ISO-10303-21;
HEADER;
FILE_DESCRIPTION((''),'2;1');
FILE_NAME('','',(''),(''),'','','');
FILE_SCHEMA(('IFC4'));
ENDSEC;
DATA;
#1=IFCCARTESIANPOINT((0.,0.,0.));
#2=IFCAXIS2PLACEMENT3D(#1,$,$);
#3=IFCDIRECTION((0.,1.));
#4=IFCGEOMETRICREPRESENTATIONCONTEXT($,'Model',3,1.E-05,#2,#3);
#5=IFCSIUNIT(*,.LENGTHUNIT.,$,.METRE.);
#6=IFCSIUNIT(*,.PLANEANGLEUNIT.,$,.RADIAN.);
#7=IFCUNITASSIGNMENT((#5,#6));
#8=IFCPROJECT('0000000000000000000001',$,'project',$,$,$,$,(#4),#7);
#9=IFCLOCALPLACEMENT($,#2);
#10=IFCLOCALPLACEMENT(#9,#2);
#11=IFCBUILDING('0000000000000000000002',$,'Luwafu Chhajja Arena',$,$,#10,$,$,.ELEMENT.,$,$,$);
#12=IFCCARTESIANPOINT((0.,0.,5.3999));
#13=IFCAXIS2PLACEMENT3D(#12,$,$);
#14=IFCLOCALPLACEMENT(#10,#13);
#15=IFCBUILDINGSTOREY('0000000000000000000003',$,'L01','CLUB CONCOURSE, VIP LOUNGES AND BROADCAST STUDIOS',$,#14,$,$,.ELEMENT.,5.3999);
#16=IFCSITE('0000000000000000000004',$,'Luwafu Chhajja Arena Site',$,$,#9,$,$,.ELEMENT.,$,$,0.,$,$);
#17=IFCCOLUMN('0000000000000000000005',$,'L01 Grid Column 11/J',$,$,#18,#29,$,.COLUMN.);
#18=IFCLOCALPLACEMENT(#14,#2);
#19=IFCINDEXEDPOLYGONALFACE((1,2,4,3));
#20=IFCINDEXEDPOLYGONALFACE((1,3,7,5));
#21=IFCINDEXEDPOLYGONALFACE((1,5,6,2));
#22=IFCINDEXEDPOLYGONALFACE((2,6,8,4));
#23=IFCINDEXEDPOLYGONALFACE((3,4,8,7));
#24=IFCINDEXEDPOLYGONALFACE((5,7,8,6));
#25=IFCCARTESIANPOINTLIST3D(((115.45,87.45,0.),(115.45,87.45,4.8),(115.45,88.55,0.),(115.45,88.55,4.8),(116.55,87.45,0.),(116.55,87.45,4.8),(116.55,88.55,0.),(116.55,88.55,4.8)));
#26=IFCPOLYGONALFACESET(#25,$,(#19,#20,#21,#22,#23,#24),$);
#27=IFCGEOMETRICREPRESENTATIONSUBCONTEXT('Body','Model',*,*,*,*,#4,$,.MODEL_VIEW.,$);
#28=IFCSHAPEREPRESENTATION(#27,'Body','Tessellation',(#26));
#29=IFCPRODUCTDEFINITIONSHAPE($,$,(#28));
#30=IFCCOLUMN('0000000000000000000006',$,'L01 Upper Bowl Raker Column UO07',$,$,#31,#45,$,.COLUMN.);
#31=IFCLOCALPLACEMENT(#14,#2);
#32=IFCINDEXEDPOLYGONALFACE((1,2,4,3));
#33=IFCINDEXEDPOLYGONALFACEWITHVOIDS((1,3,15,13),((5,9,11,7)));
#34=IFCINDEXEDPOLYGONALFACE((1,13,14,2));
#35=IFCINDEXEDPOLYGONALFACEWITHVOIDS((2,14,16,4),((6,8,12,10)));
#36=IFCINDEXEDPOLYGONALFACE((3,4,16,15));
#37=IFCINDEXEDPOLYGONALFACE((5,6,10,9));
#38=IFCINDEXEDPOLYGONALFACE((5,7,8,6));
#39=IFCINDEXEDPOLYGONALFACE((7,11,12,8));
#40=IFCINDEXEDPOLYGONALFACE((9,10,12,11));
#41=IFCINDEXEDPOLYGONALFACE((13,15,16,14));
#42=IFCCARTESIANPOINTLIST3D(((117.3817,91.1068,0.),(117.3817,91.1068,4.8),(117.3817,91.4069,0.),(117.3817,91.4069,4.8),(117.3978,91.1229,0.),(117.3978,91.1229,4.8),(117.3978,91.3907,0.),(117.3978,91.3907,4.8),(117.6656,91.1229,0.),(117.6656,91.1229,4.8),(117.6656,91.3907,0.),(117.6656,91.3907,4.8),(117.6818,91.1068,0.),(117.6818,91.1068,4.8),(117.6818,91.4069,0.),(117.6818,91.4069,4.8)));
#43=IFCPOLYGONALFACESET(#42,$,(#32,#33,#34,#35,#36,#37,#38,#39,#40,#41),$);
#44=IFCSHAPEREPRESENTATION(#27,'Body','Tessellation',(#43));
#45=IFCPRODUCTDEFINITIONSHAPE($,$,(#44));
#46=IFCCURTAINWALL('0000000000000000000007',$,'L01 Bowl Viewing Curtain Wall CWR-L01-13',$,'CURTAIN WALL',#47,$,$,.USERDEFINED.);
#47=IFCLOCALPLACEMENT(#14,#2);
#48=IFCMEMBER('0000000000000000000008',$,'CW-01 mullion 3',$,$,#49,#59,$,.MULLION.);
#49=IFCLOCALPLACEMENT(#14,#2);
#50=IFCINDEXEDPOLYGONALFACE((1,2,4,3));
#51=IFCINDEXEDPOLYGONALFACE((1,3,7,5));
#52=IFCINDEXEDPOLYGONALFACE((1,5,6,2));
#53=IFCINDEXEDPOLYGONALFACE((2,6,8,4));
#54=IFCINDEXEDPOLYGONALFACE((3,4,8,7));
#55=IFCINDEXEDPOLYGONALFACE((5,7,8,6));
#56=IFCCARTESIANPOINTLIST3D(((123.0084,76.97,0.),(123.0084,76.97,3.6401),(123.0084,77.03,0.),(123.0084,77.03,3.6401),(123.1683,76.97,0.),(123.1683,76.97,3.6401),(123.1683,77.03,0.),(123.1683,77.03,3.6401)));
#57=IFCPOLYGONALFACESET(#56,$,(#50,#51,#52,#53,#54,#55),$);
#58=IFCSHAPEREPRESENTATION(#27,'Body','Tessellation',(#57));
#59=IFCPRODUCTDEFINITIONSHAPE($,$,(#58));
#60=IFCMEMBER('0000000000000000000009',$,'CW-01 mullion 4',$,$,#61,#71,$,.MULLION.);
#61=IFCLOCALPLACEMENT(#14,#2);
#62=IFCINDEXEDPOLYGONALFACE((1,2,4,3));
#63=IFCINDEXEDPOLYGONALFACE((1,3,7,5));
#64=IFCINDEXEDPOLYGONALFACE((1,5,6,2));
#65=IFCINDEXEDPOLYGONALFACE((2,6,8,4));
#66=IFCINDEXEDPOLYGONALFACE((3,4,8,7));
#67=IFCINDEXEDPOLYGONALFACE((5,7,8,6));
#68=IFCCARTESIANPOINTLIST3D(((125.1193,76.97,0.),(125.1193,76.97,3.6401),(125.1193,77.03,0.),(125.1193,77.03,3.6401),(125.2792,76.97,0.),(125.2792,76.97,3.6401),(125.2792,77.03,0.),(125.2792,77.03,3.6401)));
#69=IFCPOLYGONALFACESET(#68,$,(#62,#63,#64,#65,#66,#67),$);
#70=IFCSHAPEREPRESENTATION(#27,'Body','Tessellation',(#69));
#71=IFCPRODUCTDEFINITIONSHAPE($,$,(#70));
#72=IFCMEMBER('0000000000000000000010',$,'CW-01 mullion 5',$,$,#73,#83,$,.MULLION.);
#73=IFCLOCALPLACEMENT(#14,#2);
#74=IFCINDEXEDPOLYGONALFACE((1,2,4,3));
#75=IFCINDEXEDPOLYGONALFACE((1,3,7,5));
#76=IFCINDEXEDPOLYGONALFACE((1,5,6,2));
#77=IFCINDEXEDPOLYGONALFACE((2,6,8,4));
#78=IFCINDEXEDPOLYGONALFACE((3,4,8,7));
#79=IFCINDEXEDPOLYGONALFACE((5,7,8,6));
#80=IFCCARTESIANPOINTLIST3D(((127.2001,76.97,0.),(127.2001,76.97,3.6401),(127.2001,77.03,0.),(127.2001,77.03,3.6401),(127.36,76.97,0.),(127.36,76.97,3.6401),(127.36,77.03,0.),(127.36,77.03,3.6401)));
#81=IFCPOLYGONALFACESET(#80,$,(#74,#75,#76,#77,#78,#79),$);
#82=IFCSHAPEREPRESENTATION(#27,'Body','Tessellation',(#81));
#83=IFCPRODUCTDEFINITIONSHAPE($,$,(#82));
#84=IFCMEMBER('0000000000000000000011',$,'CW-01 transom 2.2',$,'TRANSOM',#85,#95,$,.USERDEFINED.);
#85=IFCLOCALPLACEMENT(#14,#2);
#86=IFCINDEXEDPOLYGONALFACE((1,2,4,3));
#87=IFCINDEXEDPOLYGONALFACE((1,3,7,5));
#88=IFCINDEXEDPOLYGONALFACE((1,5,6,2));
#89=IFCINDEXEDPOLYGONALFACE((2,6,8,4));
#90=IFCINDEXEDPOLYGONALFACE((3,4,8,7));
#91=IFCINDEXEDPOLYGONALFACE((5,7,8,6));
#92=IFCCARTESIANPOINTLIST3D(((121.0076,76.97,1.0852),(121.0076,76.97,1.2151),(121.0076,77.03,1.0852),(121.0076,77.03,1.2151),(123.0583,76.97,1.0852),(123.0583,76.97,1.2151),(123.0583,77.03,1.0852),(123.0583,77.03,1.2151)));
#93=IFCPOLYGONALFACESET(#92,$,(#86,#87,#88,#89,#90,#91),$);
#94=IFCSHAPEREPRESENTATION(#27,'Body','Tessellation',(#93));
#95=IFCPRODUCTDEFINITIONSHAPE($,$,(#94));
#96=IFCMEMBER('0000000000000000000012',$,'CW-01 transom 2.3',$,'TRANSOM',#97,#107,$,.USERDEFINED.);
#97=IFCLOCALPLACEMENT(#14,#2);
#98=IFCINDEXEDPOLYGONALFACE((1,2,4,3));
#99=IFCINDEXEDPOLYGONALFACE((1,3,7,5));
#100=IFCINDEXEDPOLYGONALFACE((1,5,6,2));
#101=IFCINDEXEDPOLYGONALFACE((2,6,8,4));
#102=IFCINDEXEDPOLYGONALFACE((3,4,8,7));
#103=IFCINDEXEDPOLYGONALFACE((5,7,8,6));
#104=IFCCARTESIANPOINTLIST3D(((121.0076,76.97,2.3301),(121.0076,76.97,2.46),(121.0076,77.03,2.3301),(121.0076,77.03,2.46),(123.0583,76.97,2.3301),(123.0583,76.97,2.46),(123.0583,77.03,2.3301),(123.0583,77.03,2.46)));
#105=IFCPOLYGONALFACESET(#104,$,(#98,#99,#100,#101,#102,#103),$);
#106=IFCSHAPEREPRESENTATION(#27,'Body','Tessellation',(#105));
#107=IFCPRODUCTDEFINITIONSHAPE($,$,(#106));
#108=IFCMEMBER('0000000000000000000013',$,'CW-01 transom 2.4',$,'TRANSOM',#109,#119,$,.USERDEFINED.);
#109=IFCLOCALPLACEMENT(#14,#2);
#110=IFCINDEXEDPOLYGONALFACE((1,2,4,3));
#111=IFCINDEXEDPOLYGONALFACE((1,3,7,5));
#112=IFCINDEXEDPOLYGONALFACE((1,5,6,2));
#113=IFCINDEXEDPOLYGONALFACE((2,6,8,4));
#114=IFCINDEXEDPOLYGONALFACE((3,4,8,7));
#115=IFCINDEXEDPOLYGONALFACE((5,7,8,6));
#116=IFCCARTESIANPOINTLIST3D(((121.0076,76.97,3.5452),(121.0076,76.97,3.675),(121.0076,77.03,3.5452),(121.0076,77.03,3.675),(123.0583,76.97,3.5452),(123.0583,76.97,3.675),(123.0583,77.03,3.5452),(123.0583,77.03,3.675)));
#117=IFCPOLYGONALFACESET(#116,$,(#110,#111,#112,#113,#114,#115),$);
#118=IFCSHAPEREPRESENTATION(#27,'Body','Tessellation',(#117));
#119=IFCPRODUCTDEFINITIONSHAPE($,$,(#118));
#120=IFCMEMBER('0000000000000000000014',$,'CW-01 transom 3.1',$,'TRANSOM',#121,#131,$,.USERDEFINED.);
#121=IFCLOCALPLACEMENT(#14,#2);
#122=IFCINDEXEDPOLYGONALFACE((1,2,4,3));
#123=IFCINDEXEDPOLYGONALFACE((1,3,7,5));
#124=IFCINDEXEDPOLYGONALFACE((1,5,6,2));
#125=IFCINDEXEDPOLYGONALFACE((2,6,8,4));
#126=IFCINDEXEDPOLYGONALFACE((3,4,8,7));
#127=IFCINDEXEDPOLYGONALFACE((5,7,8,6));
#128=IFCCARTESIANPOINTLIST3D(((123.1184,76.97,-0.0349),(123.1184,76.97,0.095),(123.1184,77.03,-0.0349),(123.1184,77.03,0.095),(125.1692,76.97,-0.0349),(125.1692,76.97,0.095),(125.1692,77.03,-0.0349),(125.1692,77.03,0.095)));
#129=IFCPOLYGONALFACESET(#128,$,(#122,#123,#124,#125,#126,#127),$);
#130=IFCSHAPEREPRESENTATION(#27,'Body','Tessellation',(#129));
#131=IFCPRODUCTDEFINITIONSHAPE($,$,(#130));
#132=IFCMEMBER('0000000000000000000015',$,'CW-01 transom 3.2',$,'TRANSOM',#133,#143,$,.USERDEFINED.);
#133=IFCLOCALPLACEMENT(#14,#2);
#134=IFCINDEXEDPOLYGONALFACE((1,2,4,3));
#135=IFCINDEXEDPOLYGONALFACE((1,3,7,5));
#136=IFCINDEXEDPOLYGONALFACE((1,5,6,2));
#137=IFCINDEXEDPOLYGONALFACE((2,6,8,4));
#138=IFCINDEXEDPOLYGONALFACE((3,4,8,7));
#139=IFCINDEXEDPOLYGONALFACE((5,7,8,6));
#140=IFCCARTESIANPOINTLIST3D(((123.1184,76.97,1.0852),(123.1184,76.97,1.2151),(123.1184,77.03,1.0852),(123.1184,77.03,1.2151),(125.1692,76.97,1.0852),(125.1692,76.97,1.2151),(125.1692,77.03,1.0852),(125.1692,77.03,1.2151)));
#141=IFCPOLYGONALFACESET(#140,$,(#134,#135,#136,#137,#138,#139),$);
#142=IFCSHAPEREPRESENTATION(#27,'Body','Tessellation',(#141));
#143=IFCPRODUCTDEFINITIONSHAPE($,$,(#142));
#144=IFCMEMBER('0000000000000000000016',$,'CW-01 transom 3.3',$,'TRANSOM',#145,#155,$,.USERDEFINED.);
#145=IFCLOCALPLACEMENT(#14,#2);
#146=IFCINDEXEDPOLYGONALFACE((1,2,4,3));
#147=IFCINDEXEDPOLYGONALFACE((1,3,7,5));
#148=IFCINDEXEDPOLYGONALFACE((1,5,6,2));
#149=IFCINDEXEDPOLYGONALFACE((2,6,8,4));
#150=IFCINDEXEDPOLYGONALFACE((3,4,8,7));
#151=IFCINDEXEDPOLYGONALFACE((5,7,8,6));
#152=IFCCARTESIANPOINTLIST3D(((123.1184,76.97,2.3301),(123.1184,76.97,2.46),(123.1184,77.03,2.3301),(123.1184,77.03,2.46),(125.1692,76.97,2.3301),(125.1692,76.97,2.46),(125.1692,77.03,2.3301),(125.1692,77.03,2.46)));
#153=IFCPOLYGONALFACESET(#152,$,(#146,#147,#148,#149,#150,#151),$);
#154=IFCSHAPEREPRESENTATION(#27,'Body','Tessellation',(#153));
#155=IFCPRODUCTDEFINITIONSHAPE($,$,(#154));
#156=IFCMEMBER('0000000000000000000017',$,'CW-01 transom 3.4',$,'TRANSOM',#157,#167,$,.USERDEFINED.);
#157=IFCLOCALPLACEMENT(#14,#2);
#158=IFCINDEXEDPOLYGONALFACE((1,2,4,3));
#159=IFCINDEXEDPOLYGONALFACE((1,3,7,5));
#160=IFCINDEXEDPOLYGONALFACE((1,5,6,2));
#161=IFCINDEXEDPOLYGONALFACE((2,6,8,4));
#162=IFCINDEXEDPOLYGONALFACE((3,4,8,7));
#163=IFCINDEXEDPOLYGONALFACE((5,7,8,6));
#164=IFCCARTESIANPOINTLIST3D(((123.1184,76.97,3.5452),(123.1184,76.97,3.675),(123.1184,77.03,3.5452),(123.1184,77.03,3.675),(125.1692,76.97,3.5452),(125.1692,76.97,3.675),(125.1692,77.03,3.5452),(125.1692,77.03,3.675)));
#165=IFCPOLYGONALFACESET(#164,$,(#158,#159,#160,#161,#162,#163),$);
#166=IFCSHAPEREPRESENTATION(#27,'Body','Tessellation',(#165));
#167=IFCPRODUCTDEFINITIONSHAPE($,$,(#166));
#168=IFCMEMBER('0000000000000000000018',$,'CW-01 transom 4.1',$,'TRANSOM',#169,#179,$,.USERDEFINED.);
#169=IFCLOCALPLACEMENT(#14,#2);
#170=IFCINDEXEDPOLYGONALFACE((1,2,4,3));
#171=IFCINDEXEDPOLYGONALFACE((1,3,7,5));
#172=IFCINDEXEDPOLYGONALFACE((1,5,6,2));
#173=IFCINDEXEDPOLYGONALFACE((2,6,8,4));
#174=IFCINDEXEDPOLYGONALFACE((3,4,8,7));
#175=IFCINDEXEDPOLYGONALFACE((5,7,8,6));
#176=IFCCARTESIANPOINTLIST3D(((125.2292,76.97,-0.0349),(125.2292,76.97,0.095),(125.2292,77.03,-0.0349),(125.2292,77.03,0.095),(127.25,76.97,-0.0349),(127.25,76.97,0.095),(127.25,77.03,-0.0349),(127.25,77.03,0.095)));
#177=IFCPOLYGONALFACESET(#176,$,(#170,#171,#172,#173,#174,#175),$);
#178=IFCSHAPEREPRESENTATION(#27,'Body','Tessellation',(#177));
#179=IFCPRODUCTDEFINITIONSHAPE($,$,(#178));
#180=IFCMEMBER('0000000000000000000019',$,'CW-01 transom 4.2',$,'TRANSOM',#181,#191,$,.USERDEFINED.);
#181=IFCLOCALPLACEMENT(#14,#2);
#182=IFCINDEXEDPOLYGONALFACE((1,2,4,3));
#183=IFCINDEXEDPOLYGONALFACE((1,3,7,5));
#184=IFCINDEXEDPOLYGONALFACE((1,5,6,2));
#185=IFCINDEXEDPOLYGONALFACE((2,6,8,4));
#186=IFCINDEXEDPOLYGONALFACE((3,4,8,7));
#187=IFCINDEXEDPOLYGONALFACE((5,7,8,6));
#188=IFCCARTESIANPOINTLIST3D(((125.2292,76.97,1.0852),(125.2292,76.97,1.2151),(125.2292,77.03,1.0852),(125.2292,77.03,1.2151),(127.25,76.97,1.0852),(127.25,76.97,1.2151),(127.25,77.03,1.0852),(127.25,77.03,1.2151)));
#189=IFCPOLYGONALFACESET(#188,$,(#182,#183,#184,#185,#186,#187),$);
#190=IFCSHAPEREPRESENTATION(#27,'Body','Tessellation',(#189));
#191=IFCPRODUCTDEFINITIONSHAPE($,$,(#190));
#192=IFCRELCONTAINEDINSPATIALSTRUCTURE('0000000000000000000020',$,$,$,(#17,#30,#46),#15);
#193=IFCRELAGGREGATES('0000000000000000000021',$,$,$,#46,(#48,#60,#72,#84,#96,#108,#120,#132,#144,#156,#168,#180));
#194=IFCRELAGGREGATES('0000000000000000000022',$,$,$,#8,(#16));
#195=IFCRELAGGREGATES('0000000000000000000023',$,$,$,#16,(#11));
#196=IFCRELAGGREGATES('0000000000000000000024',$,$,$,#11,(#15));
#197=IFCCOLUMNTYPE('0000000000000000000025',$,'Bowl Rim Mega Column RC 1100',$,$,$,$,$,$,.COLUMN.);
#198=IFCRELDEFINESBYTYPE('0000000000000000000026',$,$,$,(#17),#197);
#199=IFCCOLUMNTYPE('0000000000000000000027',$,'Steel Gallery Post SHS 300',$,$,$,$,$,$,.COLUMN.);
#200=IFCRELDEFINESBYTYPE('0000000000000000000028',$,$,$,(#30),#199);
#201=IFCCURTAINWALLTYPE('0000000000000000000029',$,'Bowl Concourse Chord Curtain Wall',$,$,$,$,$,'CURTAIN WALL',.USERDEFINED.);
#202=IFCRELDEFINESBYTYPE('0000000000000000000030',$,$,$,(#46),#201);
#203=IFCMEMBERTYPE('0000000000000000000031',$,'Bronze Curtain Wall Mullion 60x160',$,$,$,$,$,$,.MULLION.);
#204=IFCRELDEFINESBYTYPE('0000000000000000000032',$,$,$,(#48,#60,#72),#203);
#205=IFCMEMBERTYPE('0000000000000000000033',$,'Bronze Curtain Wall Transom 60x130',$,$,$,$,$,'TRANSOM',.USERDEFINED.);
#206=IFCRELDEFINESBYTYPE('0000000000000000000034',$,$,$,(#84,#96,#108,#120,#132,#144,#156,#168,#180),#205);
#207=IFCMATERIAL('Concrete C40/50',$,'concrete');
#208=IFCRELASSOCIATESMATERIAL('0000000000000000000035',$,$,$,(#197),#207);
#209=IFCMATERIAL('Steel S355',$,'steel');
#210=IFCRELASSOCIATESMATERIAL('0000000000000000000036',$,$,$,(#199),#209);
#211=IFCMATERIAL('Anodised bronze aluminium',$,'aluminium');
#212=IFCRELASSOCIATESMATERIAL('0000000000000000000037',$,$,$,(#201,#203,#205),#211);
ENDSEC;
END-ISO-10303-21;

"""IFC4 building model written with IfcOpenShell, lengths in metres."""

from ifc_helpers import new_model, si_unit, direction, frame, origin, origin_2d, place, context, subcontext, project, spatial, rectangle, hollow_rectangle, extrude, material, material_profile, profile_set, type_object, element, aggregate, save


model = new_model("IFC4")

# Units and contexts
model_context = context("Model", 3, precision=1e-05, world=origin(), true_north=direction((0.0, 1.0)))
body_context = subcontext(model_context, "Body", "Model", "MODEL_VIEW")
ifc_project = project(units=[si_unit("LENGTHUNIT", "METRE"), si_unit("PLANEANGLEUNIT", "RADIAN")], contexts=[model_context])

# Site, building, storey
site_placement = place(None, origin())
site = spatial("IfcSite", under=ifc_project, at=site_placement, Name="Luwafu Chhajja Arena Site", CompositionType="ELEMENT", RefElevation=0.0)
building_placement = place(site_placement, origin())
building = spatial("IfcBuilding", under=site, at=building_placement, Name="Luwafu Chhajja Arena", CompositionType="ELEMENT")
storey_placement = place(building_placement, frame((0.0, 0.0, 5.3999)))
storey = spatial("IfcBuildingStorey", under=building, at=storey_placement, Name="L01", Description="CLUB CONCOURSE, VIP LOUNGES AND BROADCAST STUDIOS", CompositionType="ELEMENT", Elevation=5.3999)

# Columns
ifc_material_1 = material(Name="Concrete C40/50", Category="concrete")
ifc_material_profile_1 = material_profile(ifc_material_1, rectangle(XDim=1.1001, YDim=1.1001, at=origin_2d()), Name="RC 1100x1100")
ifc_profile_set_1 = profile_set([ifc_material_profile_1], Name="Concrete C40/50")
column_type_1 = type_object("IfcColumnType", Name="Bowl Rim Mega Column RC 1100", PredefinedType="COLUMN", material=ifc_profile_set_1)
column_1_placement = place(storey_placement, frame((116.0, 88.0, 0.0), z_axis=(0.0, 0.0, 1.0), x_axis=(1.0, 0.0, 0.0)))
element("IfcColumn", 1, at=column_1_placement, inside=storey, type_object=column_type_1, Name="L01 Grid Column 11/J", PredefinedType="COLUMN", context=body_context, shape_type="SweptSolid", body=[
    extrude(rectangle(XDim=1.1001, YDim=1.1001, at=origin_2d()), origin(), (0.0, 0.0, 1.0), 4.8),
])
ifc_material_2 = material(Name="Steel S355", Category="steel")
ifc_material_profile_2 = material_profile(ifc_material_2, hollow_rectangle(XDim=0.3, YDim=0.3, WallThickness=0.0161, at=origin_2d()), Name="SHS 300x300x16")
ifc_profile_set_2 = profile_set([ifc_material_profile_2], Name="Steel S355")
column_type_2 = type_object("IfcColumnType", Name="Steel Gallery Post SHS 300", PredefinedType="COLUMN", material=ifc_profile_set_2)
column_2_placement = place(storey_placement, frame((117.5317, 91.2568, 0.0), z_axis=(0.0, 0.0, 1.0), x_axis=(1.0, 0.0, 0.0)))
element("IfcColumn", 2, at=column_2_placement, inside=storey, type_object=column_type_2, Name="L01 Upper Bowl Raker Column UO07", PredefinedType="COLUMN", context=body_context, shape_type="SweptSolid", body=[
    extrude(hollow_rectangle(XDim=0.3, YDim=0.3, WallThickness=0.0161, at=origin_2d()), origin(), (0.0, 0.0, 1.0), 4.8),
])

# Curtain wall, members
ifc_material_3 = material(Name="Anodised bronze aluminium", Category="aluminium")
curtain_wall_type = type_object("IfcCurtainWallType", Name="Bowl Concourse Chord Curtain Wall", ElementType="CURTAIN WALL", PredefinedType="USERDEFINED", material=ifc_material_3)
curtain_wall_placement = place(storey_placement, origin())
curtain_wall = element("IfcCurtainWall", 3, at=curtain_wall_placement, inside=storey, type_object=curtain_wall_type, Name="L01 Bowl Viewing Curtain Wall CWR-L01-13", ObjectType="CURTAIN WALL", PredefinedType="USERDEFINED")
ifc_material_profile_3 = material_profile(ifc_material_3, rectangle(XDim=0.0601, YDim=0.1599, at=origin_2d()), Name="CWM 60x160")
ifc_profile_set_3 = profile_set([ifc_material_profile_3], Name="Anodised bronze aluminium")
member_type_1 = type_object("IfcMemberType", Name="Bronze Curtain Wall Mullion 60x160", PredefinedType="MULLION", material=ifc_profile_set_3)
member_1_placement = place(storey_placement, frame((123.0884, 77.0, 0.0), z_axis=(0.0, 0.0, 1.0), x_axis=(0.0, 1.0, 0.0)))
member_1 = element("IfcMember", 4, at=member_1_placement, type_object=member_type_1, Name="CW-01 mullion 3", PredefinedType="MULLION", context=body_context, shape_type="SweptSolid", body=[
    extrude(rectangle(XDim=0.0601, YDim=0.1599, at=origin_2d()), origin(), (0.0, 0.0, 1.0), 3.6401),
])
member_2_placement = place(storey_placement, frame((125.1992, 77.0, 0.0), z_axis=(0.0, 0.0, 1.0), x_axis=(0.0, 1.0, 0.0)))
member_2 = element("IfcMember", 5, at=member_2_placement, type_object=member_type_1, Name="CW-01 mullion 4", PredefinedType="MULLION", context=body_context, shape_type="SweptSolid", body=[
    extrude(rectangle(XDim=0.0601, YDim=0.1599, at=origin_2d()), origin(), (0.0, 0.0, 1.0), 3.6401),
])
member_3_placement = place(storey_placement, frame((127.28, 77.0, 0.0), z_axis=(0.0, 0.0, 1.0), x_axis=(0.0, 1.0, 0.0)))
member_3 = element("IfcMember", 6, at=member_3_placement, type_object=member_type_1, Name="CW-01 mullion 5", PredefinedType="MULLION", context=body_context, shape_type="SweptSolid", body=[
    extrude(rectangle(XDim=0.0601, YDim=0.1599, at=origin_2d()), origin(), (0.0, 0.0, 1.0), 3.6401),
])
ifc_material_profile_4 = material_profile(ifc_material_3, rectangle(XDim=0.0601, YDim=0.1299, at=origin_2d()), Name="CWT 60x130")
ifc_profile_set_4 = profile_set([ifc_material_profile_4], Name="Anodised bronze aluminium")
member_type_2 = type_object("IfcMemberType", Name="Bronze Curtain Wall Transom 60x130", ElementType="TRANSOM", PredefinedType="USERDEFINED", material=ifc_profile_set_4)
member_4_placement = place(storey_placement, frame((121.0076, 77.0, 1.1501), z_axis=(1.0, 0.0, 0.0), x_axis=(0.0, 1.0, 0.0)))
member_4 = element("IfcMember", 7, at=member_4_placement, type_object=member_type_2, Name="CW-01 transom 2.2", ObjectType="TRANSOM", PredefinedType="USERDEFINED", context=body_context, shape_type="SweptSolid", body=[
    extrude(rectangle(XDim=0.0601, YDim=0.1299, at=origin_2d()), origin(), (0.0, 0.0, 1.0), 2.0508),
])
member_5_placement = place(storey_placement, frame((121.0076, 77.0, 2.395), z_axis=(1.0, 0.0, 0.0), x_axis=(0.0, 1.0, 0.0)))
member_5 = element("IfcMember", 8, at=member_5_placement, type_object=member_type_2, Name="CW-01 transom 2.3", ObjectType="TRANSOM", PredefinedType="USERDEFINED", context=body_context, shape_type="SweptSolid", body=[
    extrude(rectangle(XDim=0.0601, YDim=0.1299, at=origin_2d()), origin(), (0.0, 0.0, 1.0), 2.0508),
])
member_6_placement = place(storey_placement, frame((121.0076, 77.0, 3.6101), z_axis=(1.0, 0.0, 0.0), x_axis=(0.0, 1.0, 0.0)))
member_6 = element("IfcMember", 9, at=member_6_placement, type_object=member_type_2, Name="CW-01 transom 2.4", ObjectType="TRANSOM", PredefinedType="USERDEFINED", context=body_context, shape_type="SweptSolid", body=[
    extrude(rectangle(XDim=0.0601, YDim=0.1299, at=origin_2d()), origin(), (0.0, 0.0, 1.0), 2.0508),
])
member_7_placement = place(storey_placement, frame((123.1184, 77.0, 0.03), z_axis=(1.0, 0.0, 0.0), x_axis=(0.0, 1.0, 0.0)))
member_7 = element("IfcMember", 10, at=member_7_placement, type_object=member_type_2, Name="CW-01 transom 3.1", ObjectType="TRANSOM", PredefinedType="USERDEFINED", context=body_context, shape_type="SweptSolid", body=[
    extrude(rectangle(XDim=0.0601, YDim=0.1299, at=origin_2d()), origin(), (0.0, 0.0, 1.0), 2.0508),
])
member_8_placement = place(storey_placement, frame((123.1184, 77.0, 1.1501), z_axis=(1.0, 0.0, 0.0), x_axis=(0.0, 1.0, 0.0)))
member_8 = element("IfcMember", 11, at=member_8_placement, type_object=member_type_2, Name="CW-01 transom 3.2", ObjectType="TRANSOM", PredefinedType="USERDEFINED", context=body_context, shape_type="SweptSolid", body=[
    extrude(rectangle(XDim=0.0601, YDim=0.1299, at=origin_2d()), origin(), (0.0, 0.0, 1.0), 2.0508),
])
member_9_placement = place(storey_placement, frame((123.1184, 77.0, 2.395), z_axis=(1.0, 0.0, 0.0), x_axis=(0.0, 1.0, 0.0)))
member_9 = element("IfcMember", 12, at=member_9_placement, type_object=member_type_2, Name="CW-01 transom 3.3", ObjectType="TRANSOM", PredefinedType="USERDEFINED", context=body_context, shape_type="SweptSolid", body=[
    extrude(rectangle(XDim=0.0601, YDim=0.1299, at=origin_2d()), origin(), (0.0, 0.0, 1.0), 2.0508),
])
member_10_placement = place(storey_placement, frame((123.1184, 77.0, 3.6101), z_axis=(1.0, 0.0, 0.0), x_axis=(0.0, 1.0, 0.0)))
member_10 = element("IfcMember", 13, at=member_10_placement, type_object=member_type_2, Name="CW-01 transom 3.4", ObjectType="TRANSOM", PredefinedType="USERDEFINED", context=body_context, shape_type="SweptSolid", body=[
    extrude(rectangle(XDim=0.0601, YDim=0.1299, at=origin_2d()), origin(), (0.0, 0.0, 1.0), 2.0508),
])
member_11_placement = place(storey_placement, frame((125.2292, 77.0, 0.03), z_axis=(1.0, 0.0, 0.0), x_axis=(0.0, 1.0, 0.0)))
member_11 = element("IfcMember", 14, at=member_11_placement, type_object=member_type_2, Name="CW-01 transom 4.1", ObjectType="TRANSOM", PredefinedType="USERDEFINED", context=body_context, shape_type="SweptSolid", body=[
    extrude(rectangle(XDim=0.0601, YDim=0.1299, at=origin_2d()), origin(), (0.0, 0.0, 1.0), 2.0208),
])
member_12_placement = place(storey_placement, frame((125.2292, 77.0, 1.1501), z_axis=(1.0, 0.0, 0.0), x_axis=(0.0, 1.0, 0.0)))
member_12 = element("IfcMember", 15, at=member_12_placement, type_object=member_type_2, Name="CW-01 transom 4.2", ObjectType="TRANSOM", PredefinedType="USERDEFINED", context=body_context, shape_type="SweptSolid", body=[
    extrude(rectangle(XDim=0.0601, YDim=0.1299, at=origin_2d()), origin(), (0.0, 0.0, 1.0), 2.0208),
])

aggregate(curtain_wall, [member_1, member_2, member_3, member_4, member_5, member_6, member_7, member_8, member_9, member_10, member_11, member_12])

save(model, "model.ifc")
